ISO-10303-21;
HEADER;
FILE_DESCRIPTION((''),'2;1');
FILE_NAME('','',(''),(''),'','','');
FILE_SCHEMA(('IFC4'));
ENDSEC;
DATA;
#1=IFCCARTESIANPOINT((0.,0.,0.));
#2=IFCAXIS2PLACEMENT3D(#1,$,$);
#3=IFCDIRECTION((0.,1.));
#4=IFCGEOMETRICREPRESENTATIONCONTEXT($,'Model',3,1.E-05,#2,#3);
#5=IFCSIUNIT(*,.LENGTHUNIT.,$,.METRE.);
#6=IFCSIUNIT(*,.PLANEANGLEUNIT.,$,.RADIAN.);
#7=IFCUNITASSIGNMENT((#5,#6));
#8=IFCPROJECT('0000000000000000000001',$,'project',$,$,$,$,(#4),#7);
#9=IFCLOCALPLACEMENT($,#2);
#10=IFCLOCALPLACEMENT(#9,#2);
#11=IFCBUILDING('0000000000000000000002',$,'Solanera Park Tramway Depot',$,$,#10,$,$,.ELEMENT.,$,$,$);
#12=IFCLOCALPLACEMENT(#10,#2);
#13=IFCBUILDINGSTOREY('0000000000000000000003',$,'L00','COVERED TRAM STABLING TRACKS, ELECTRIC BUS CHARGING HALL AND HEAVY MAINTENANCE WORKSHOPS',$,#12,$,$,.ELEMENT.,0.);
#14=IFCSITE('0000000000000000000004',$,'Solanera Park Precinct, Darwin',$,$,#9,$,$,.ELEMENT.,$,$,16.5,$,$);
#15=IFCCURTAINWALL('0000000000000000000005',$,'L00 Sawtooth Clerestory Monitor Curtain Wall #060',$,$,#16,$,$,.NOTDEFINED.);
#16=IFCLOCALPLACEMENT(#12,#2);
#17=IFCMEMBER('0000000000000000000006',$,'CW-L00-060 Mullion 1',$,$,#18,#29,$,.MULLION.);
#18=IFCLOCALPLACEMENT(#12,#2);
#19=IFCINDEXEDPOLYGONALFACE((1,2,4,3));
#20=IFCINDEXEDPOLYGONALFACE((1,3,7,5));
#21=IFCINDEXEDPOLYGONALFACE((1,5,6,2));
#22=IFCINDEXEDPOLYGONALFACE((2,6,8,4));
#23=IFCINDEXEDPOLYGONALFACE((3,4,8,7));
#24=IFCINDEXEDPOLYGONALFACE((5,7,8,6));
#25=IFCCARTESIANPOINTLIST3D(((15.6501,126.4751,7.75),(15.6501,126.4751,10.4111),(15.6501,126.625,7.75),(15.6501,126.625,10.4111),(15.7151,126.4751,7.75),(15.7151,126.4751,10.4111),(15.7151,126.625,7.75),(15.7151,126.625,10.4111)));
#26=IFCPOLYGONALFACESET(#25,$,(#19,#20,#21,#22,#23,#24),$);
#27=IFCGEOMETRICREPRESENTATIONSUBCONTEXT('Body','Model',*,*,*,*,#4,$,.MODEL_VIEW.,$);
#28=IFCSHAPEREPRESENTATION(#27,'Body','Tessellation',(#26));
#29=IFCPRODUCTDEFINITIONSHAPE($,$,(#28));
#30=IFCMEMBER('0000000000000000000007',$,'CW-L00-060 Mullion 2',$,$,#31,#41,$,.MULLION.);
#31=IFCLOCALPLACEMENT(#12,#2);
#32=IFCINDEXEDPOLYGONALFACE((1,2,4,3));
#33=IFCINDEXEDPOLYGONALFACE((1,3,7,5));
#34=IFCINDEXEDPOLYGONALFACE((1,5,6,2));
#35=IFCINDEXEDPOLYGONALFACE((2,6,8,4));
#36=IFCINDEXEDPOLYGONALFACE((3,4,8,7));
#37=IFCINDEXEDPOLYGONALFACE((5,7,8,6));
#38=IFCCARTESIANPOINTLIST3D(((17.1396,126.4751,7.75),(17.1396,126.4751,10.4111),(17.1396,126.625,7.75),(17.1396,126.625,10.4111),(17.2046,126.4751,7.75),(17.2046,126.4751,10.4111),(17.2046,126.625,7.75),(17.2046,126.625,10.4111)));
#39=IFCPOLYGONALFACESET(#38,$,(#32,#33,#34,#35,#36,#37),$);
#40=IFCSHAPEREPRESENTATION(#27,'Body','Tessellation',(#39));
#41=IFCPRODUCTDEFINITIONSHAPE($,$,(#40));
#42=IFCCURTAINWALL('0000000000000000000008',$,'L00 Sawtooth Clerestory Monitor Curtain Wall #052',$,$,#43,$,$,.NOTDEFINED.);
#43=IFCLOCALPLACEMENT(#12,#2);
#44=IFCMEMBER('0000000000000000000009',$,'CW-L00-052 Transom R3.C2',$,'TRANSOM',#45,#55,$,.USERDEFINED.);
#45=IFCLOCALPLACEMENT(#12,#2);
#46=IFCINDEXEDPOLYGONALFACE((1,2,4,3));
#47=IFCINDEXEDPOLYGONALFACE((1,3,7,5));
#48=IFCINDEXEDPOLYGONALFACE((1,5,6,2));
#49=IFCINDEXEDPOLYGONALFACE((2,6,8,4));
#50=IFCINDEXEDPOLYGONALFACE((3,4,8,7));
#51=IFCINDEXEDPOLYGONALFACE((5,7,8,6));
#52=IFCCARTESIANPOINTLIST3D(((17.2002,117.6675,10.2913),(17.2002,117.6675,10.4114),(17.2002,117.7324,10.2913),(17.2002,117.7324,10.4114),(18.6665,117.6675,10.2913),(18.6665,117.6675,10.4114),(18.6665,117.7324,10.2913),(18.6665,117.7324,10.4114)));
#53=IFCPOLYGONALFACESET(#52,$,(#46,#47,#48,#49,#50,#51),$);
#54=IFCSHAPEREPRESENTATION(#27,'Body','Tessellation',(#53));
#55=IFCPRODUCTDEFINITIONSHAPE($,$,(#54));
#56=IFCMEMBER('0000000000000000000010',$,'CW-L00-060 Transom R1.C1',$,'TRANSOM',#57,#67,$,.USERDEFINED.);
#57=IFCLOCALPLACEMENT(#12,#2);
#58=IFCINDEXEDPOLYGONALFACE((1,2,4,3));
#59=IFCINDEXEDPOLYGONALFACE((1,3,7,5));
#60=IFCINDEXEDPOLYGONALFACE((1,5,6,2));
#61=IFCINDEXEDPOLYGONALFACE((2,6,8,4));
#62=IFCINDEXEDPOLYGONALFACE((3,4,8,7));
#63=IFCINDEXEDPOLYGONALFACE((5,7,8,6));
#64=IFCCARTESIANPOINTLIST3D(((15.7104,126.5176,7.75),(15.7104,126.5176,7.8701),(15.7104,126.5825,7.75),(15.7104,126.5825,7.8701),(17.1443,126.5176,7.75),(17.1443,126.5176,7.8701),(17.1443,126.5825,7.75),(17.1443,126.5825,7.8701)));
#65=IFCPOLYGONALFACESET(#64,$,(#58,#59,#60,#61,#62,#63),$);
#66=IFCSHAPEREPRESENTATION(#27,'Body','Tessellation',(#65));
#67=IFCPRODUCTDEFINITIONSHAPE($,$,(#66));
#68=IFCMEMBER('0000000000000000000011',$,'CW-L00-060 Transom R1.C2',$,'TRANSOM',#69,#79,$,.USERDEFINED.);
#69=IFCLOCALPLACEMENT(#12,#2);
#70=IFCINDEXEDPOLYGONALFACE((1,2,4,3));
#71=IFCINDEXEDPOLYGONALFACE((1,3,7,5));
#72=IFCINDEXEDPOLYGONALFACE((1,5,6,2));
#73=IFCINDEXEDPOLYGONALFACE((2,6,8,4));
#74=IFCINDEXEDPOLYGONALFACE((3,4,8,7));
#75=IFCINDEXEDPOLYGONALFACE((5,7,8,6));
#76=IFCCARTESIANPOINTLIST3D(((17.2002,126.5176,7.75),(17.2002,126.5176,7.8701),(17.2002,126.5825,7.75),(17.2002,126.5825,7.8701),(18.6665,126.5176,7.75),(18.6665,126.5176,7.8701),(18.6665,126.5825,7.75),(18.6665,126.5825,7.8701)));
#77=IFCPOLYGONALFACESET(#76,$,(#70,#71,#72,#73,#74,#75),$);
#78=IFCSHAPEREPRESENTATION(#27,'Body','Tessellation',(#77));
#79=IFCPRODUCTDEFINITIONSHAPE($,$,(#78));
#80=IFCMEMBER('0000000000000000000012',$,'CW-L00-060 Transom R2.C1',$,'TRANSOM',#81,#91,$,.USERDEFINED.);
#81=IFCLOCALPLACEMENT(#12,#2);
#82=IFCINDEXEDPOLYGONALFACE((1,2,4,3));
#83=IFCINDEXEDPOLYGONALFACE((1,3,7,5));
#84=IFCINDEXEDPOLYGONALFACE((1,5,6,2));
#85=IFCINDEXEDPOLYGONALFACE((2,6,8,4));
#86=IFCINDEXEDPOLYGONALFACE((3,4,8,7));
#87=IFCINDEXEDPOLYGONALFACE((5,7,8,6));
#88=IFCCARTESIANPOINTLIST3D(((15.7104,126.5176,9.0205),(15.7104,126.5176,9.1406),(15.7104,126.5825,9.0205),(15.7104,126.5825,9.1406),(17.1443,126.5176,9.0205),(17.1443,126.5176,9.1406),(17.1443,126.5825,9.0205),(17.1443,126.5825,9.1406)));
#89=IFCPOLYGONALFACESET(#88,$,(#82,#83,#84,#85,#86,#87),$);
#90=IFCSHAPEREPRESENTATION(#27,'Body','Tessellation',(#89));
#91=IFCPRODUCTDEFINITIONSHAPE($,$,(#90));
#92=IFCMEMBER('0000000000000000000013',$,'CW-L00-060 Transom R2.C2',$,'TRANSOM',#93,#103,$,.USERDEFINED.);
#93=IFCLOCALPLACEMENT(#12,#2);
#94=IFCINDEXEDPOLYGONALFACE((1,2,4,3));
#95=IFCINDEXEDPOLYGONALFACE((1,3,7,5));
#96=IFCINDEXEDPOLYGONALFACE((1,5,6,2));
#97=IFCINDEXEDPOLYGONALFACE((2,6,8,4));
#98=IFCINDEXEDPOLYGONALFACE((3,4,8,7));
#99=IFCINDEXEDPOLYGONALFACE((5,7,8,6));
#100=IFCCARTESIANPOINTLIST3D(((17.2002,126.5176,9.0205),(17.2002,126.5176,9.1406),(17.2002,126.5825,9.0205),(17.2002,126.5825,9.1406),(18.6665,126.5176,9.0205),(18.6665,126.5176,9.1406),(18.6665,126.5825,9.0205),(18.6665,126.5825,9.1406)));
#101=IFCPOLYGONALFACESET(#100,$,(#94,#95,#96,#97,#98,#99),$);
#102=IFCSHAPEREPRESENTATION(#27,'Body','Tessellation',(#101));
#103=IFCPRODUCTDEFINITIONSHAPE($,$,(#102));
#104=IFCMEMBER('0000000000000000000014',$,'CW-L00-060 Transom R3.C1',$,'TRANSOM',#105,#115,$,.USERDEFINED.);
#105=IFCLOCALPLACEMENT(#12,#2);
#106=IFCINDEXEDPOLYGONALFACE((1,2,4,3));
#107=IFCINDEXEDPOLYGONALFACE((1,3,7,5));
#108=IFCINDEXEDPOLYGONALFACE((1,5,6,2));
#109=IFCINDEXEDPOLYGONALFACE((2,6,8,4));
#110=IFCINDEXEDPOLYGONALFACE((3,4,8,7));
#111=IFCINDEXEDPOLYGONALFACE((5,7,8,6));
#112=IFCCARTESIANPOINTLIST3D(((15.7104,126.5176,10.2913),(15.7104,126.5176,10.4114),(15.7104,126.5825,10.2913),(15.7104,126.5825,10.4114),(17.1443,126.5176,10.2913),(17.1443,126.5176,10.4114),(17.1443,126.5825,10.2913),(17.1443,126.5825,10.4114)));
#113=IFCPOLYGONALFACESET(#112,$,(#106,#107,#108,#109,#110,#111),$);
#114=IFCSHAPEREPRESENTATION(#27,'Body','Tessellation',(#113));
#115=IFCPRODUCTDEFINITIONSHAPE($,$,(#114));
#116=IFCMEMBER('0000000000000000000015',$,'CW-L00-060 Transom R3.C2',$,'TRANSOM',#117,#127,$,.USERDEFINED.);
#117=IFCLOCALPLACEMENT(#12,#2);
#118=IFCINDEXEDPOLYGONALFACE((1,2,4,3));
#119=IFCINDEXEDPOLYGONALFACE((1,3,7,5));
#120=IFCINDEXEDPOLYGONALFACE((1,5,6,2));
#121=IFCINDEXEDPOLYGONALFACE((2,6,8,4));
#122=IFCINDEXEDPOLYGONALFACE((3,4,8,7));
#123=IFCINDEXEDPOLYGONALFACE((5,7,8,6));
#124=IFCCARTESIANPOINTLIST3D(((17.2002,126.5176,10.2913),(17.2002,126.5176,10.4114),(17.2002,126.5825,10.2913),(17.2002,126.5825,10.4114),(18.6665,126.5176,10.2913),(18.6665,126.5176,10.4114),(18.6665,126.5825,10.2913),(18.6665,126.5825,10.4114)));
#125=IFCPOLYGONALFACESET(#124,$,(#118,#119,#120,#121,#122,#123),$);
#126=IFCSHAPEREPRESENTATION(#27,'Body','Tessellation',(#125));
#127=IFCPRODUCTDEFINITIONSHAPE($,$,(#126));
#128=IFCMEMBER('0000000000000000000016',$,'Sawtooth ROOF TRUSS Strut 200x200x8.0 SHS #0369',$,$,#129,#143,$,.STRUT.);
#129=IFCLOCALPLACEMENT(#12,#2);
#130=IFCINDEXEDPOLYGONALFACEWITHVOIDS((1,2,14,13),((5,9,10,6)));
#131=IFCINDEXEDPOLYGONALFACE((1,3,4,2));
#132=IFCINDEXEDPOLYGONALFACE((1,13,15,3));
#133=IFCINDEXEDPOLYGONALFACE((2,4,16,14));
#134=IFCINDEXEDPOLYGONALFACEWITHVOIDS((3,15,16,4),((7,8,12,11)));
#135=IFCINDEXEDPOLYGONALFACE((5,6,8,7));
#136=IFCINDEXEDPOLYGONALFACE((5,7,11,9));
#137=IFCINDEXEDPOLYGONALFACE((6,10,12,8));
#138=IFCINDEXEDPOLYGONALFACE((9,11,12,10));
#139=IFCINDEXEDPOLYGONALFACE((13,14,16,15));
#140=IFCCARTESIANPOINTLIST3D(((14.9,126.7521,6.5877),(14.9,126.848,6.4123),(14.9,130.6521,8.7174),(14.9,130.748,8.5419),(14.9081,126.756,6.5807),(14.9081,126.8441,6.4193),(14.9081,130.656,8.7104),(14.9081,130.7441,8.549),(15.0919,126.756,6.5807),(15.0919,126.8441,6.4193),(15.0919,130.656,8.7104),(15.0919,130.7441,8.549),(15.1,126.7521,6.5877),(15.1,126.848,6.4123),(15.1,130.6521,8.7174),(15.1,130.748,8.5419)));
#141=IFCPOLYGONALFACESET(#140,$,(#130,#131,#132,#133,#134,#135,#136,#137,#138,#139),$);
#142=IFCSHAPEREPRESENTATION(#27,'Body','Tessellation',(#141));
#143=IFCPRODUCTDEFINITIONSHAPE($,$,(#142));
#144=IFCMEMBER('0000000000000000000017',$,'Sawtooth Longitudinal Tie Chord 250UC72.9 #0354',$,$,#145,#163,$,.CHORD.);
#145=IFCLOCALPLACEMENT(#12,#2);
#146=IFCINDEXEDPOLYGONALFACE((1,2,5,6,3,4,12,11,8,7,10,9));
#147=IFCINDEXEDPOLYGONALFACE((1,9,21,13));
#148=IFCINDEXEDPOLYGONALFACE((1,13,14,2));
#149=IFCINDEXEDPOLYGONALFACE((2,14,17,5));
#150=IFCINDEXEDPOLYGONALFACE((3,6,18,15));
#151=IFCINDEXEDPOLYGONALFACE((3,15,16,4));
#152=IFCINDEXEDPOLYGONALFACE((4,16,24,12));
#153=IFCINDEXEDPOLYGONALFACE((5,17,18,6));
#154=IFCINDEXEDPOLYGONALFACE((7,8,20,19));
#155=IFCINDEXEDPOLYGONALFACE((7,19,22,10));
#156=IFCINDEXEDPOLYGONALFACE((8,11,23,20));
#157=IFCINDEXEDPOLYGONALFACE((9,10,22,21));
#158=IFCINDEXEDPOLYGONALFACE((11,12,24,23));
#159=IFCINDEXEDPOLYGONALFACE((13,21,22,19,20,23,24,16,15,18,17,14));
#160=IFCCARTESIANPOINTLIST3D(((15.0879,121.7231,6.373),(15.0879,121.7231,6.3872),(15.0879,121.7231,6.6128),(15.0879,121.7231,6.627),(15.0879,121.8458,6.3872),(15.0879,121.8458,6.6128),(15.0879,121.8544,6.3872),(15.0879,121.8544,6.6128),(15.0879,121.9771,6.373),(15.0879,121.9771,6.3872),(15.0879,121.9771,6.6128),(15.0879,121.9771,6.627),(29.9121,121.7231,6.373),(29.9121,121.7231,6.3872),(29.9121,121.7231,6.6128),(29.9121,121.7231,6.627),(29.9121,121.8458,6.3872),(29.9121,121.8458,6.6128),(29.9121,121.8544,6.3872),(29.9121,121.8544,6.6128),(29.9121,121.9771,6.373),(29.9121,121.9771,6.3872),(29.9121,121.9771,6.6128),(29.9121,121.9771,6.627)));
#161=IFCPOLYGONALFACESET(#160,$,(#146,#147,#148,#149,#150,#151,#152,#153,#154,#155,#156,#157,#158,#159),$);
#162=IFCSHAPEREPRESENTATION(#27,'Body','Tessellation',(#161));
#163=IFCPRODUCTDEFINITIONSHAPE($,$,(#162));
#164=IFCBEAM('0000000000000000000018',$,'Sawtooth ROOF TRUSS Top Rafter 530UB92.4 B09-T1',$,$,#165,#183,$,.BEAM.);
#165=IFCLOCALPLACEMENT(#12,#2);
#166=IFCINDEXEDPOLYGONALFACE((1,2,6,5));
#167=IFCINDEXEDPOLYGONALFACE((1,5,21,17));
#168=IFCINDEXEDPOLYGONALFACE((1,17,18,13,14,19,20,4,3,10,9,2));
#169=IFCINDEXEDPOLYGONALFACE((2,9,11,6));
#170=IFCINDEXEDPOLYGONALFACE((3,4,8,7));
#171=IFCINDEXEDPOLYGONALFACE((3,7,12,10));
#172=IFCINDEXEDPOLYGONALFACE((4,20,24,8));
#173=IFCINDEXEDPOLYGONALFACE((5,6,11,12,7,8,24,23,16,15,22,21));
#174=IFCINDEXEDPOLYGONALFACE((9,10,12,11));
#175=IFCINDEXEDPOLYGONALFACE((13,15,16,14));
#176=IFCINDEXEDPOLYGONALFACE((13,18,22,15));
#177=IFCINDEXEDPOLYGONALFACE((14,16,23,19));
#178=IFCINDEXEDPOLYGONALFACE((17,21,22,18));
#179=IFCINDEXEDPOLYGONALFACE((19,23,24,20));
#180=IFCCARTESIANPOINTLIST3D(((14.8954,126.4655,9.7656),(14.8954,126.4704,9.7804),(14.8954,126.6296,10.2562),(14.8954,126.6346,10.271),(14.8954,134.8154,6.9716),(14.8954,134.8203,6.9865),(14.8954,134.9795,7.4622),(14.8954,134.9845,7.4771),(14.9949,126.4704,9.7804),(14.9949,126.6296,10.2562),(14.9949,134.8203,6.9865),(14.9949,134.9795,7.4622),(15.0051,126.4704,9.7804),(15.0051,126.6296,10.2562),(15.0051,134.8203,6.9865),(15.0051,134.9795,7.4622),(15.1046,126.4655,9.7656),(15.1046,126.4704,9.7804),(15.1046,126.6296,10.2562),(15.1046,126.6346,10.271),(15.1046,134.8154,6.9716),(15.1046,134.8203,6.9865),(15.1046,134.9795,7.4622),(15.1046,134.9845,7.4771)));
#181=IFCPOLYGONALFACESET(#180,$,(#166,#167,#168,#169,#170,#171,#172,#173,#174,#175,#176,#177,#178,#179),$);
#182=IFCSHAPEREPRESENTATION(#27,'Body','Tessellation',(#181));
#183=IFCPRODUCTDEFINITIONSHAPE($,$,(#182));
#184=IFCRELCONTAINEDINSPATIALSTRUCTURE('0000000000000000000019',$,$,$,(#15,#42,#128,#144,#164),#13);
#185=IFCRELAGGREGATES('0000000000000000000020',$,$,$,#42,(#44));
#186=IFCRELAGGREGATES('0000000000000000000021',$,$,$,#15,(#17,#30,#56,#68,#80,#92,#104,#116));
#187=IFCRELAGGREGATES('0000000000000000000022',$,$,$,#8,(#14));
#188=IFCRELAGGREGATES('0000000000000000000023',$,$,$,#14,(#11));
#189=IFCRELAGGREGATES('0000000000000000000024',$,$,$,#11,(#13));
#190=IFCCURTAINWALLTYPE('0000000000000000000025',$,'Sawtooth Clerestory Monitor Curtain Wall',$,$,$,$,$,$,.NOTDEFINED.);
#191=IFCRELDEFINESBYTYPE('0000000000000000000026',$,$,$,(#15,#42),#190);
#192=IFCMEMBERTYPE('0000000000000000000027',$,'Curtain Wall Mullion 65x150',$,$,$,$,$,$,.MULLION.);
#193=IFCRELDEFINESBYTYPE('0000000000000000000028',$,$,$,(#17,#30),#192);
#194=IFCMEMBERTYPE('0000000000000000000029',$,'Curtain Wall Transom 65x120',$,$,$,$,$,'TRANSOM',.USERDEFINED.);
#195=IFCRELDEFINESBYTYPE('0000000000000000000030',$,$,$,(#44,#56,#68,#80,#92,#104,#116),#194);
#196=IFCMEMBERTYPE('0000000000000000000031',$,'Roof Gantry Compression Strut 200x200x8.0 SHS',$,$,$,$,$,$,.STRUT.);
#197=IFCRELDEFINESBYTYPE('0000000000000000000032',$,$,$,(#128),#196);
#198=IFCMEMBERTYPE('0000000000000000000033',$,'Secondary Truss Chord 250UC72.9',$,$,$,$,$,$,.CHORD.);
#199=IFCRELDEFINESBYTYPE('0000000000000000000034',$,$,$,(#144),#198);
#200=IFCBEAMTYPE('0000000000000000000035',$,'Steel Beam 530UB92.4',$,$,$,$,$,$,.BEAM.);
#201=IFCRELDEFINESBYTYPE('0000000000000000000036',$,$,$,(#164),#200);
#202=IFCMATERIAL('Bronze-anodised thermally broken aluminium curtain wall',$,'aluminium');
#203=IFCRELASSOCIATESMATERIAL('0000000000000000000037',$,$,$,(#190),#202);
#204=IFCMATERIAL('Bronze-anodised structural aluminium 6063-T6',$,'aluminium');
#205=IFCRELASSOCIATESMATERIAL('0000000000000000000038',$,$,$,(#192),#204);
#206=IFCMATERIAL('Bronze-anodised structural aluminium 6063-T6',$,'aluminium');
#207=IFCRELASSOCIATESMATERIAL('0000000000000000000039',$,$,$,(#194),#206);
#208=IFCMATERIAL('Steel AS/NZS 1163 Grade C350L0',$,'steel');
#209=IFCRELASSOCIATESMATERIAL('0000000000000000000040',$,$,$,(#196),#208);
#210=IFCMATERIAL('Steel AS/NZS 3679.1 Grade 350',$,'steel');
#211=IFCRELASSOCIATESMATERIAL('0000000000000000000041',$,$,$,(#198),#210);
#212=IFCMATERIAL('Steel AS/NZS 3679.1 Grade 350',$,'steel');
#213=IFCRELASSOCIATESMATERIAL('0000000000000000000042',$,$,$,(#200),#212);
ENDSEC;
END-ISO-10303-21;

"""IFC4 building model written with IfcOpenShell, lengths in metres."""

from ifc_helpers import new_model, si_unit, direction, frame, origin, origin_2d, place, context, subcontext, project, spatial, rectangle, hollow_rectangle, i_section, extrude, material, material_profile, profile_set, type_object, element, aggregate, save


model = new_model("IFC4")

# Units and contexts
model_context = context("Model", 3, precision=1e-05, world=origin(), true_north=direction((0.0, 1.0)))
body_context = subcontext(model_context, "Body", "Model", "MODEL_VIEW")
ifc_project = project(units=[si_unit("LENGTHUNIT", "METRE"), si_unit("PLANEANGLEUNIT", "RADIAN")], contexts=[model_context])

# Site, building, storey
site_placement = place(None, origin())
site = spatial("IfcSite", under=ifc_project, at=site_placement, Name="Solanera Park Precinct, Darwin", CompositionType="ELEMENT", RefElevation=16.5)
building_placement = place(site_placement, origin())
building = spatial("IfcBuilding", under=site, at=building_placement, Name="Solanera Park Tramway Depot", CompositionType="ELEMENT")
storey_placement = place(building_placement, origin())
storey = spatial("IfcBuildingStorey", under=building, at=storey_placement, Name="L00", Description="COVERED TRAM STABLING TRACKS, ELECTRIC BUS CHARGING HALL AND HEAVY MAINTENANCE WORKSHOPS", CompositionType="ELEMENT", Elevation=0.0)

# Curtain wall, members
ifc_material_1 = material(Name="Bronze-anodised thermally broken aluminium curtain wall", Category="aluminium")
curtain_wall_type = type_object("IfcCurtainWallType", Name="Sawtooth Clerestory Monitor Curtain Wall", PredefinedType="NOTDEFINED", material=ifc_material_1)
curtain_wall_1_placement = place(storey_placement, origin())
curtain_wall_1 = element("IfcCurtainWall", 1, at=curtain_wall_1_placement, inside=storey, type_object=curtain_wall_type, Name="L00 Sawtooth Clerestory Monitor Curtain Wall #060", PredefinedType="NOTDEFINED")
ifc_material_2 = material(Name="Bronze-anodised structural aluminium 6063-T6", Category="aluminium")
ifc_material_profile_1 = material_profile(ifc_material_2, rectangle(XDim=0.0649, YDim=0.1499, at=origin_2d()), Name="Curtain Wall Mullion 65x150")
ifc_profile_set_1 = profile_set([ifc_material_profile_1], Name="Bronze-anodised structural aluminium 6063-T6")
member_type_1 = type_object("IfcMemberType", Name="Curtain Wall Mullion 65x150", PredefinedType="MULLION", material=ifc_profile_set_1)
member_1_placement = place(storey_placement, frame((15.6826, 126.55, 7.75), z_axis=(0.0, 0.0, 1.0), x_axis=(1.0, 0.0, 0.0)))
member_1 = element("IfcMember", 2, at=member_1_placement, type_object=member_type_1, Name="CW-L00-060 Mullion 1", PredefinedType="MULLION", context=body_context, shape_type="SweptSolid", body=[
    extrude(rectangle(XDim=0.0649, YDim=0.1499, at=origin_2d()), origin(), (0.0, 0.0, 1.0), 2.6611),
])
member_2_placement = place(storey_placement, frame((17.1721, 126.55, 7.75), z_axis=(0.0, 0.0, 1.0), x_axis=(1.0, 0.0, 0.0)))
member_2 = element("IfcMember", 3, at=member_2_placement, type_object=member_type_1, Name="CW-L00-060 Mullion 2", PredefinedType="MULLION", context=body_context, shape_type="SweptSolid", body=[
    extrude(rectangle(XDim=0.0649, YDim=0.1499, at=origin_2d()), origin(), (0.0, 0.0, 1.0), 2.6611),
])

# Curtain wall, member
curtain_wall_2_placement = place(storey_placement, origin())
curtain_wall_2 = element("IfcCurtainWall", 4, at=curtain_wall_2_placement, inside=storey, type_object=curtain_wall_type, Name="L00 Sawtooth Clerestory Monitor Curtain Wall #052", PredefinedType="NOTDEFINED")
ifc_material_3 = material(Name="Bronze-anodised structural aluminium 6063-T6", Category="aluminium")
ifc_material_profile_2 = material_profile(ifc_material_3, rectangle(XDim=0.0649, YDim=0.1201, at=origin_2d()), Name="Curtain Wall Transom 65x120")
ifc_profile_set_2 = profile_set([ifc_material_profile_2], Name="Bronze-anodised structural aluminium 6063-T6")
member_type_2 = type_object("IfcMemberType", Name="Curtain Wall Transom 65x120", ElementType="TRANSOM", PredefinedType="USERDEFINED", material=ifc_profile_set_2)
member_3_placement = place(storey_placement, frame((17.2002, 117.7, 10.3513), z_axis=(1.0, 0.0, 0.0), x_axis=(0.0, 1.0, 0.0)))
member_3 = element("IfcMember", 5, at=member_3_placement, type_object=member_type_2, Name="CW-L00-052 Transom R3.C2", ObjectType="TRANSOM", PredefinedType="USERDEFINED", context=body_context, shape_type="SweptSolid", body=[
    extrude(rectangle(XDim=0.0649, YDim=0.1201, at=origin_2d()), origin(), (0.0, 0.0, 1.0), 1.4663),
])

# Members
member_4_placement = place(storey_placement, frame((15.7104, 126.55, 7.8101), z_axis=(1.0, 0.0, 0.0), x_axis=(0.0, 1.0, 0.0)))
member_4 = element("IfcMember", 6, at=member_4_placement, type_object=member_type_2, Name="CW-L00-060 Transom R1.C1", ObjectType="TRANSOM", PredefinedType="USERDEFINED", context=body_context, shape_type="SweptSolid", body=[
    extrude(rectangle(XDim=0.0649, YDim=0.1201, at=origin_2d()), origin(), (0.0, 0.0, 1.0), 1.4338),
])
member_5_placement = place(storey_placement, frame((17.2002, 126.55, 7.8101), z_axis=(1.0, 0.0, 0.0), x_axis=(0.0, 1.0, 0.0)))
member_5 = element("IfcMember", 7, at=member_5_placement, type_object=member_type_2, Name="CW-L00-060 Transom R1.C2", ObjectType="TRANSOM", PredefinedType="USERDEFINED", context=body_context, shape_type="SweptSolid", body=[
    extrude(rectangle(XDim=0.0649, YDim=0.1201, at=origin_2d()), origin(), (0.0, 0.0, 1.0), 1.4663),
])
member_6_placement = place(storey_placement, frame((15.7104, 126.55, 9.0806), z_axis=(1.0, 0.0, 0.0), x_axis=(0.0, 1.0, 0.0)))
member_6 = element("IfcMember", 8, at=member_6_placement, type_object=member_type_2, Name="CW-L00-060 Transom R2.C1", ObjectType="TRANSOM", PredefinedType="USERDEFINED", context=body_context, shape_type="SweptSolid", body=[
    extrude(rectangle(XDim=0.0649, YDim=0.1201, at=origin_2d()), origin(), (0.0, 0.0, 1.0), 1.4338),
])
member_7_placement = place(storey_placement, frame((17.2002, 126.55, 9.0806), z_axis=(1.0, 0.0, 0.0), x_axis=(0.0, 1.0, 0.0)))
member_7 = element("IfcMember", 9, at=member_7_placement, type_object=member_type_2, Name="CW-L00-060 Transom R2.C2", ObjectType="TRANSOM", PredefinedType="USERDEFINED", context=body_context, shape_type="SweptSolid", body=[
    extrude(rectangle(XDim=0.0649, YDim=0.1201, at=origin_2d()), origin(), (0.0, 0.0, 1.0), 1.4663),
])
member_8_placement = place(storey_placement, frame((15.7104, 126.55, 10.3513), z_axis=(1.0, 0.0, 0.0), x_axis=(0.0, 1.0, 0.0)))
member_8 = element("IfcMember", 10, at=member_8_placement, type_object=member_type_2, Name="CW-L00-060 Transom R3.C1", ObjectType="TRANSOM", PredefinedType="USERDEFINED", context=body_context, shape_type="SweptSolid", body=[
    extrude(rectangle(XDim=0.0649, YDim=0.1201, at=origin_2d()), origin(), (0.0, 0.0, 1.0), 1.4338),
])
member_9_placement = place(storey_placement, frame((17.2002, 126.55, 10.3513), z_axis=(1.0, 0.0, 0.0), x_axis=(0.0, 1.0, 0.0)))
member_9 = element("IfcMember", 11, at=member_9_placement, type_object=member_type_2, Name="CW-L00-060 Transom R3.C2", ObjectType="TRANSOM", PredefinedType="USERDEFINED", context=body_context, shape_type="SweptSolid", body=[
    extrude(rectangle(XDim=0.0649, YDim=0.1201, at=origin_2d()), origin(), (0.0, 0.0, 1.0), 1.4663),
])

# Members
ifc_material_4 = material(Name="Steel AS/NZS 1163 Grade C350L0", Category="steel")
ifc_material_profile_3 = material_profile(ifc_material_4, hollow_rectangle(XDim=0.2, YDim=0.2, WallThickness=0.0081, at=origin_2d()), Name="200x200x8.0 SHS")
ifc_profile_set_3 = profile_set([ifc_material_profile_3], Name="Steel AS/NZS 1163 Grade C350L0")
member_type_3 = type_object("IfcMemberType", Name="Roof Gantry Compression Strut 200x200x8.0 SHS", PredefinedType="STRUT", material=ifc_profile_set_3)
member_10_placement = place(storey_placement, frame((15.0, 126.8, 6.5), z_axis=(0.0, 0.877667, 0.479272), x_axis=(-1.0, 0.0, 0.0)))
element("IfcMember", 12, at=member_10_placement, inside=storey, type_object=member_type_3, Name="Sawtooth ROOF TRUSS Strut 200x200x8.0 SHS #0369", PredefinedType="STRUT", context=body_context, shape_type="SweptSolid", body=[
    extrude(hollow_rectangle(XDim=0.2, YDim=0.2, WallThickness=0.0081, at=origin_2d()), origin(), (0.0, 0.0, 1.0), 4.4436),
])
ifc_material_5 = material(Name="Steel AS/NZS 3679.1 Grade 350", Category="steel")
ifc_material_profile_4 = material_profile(ifc_material_5, i_section(OverallWidth=0.2539, OverallDepth=0.2539, WebThickness=0.0085, FlangeThickness=0.0142, at=origin_2d()), Name="250UC72.9")
ifc_profile_set_4 = profile_set([ifc_material_profile_4], Name="Steel AS/NZS 3679.1 Grade 350")
member_type_4 = type_object("IfcMemberType", Name="Secondary Truss Chord 250UC72.9", PredefinedType="CHORD", material=ifc_profile_set_4)
member_11_placement = place(storey_placement, frame((15.0879, 121.8501, 6.5), z_axis=(1.0, 0.0, 0.0), x_axis=(0.0, 1.0, 0.0)))
element("IfcMember", 13, at=member_11_placement, inside=storey, type_object=member_type_4, Name="Sawtooth Longitudinal Tie Chord 250UC72.9 #0354", PredefinedType="CHORD", context=body_context, shape_type="SweptSolid", body=[
    extrude(i_section(OverallWidth=0.2539, OverallDepth=0.2539, WebThickness=0.0085, FlangeThickness=0.0142, at=origin_2d()), origin(), (0.0, 0.0, 1.0), 14.8242),
])

# Beam
ifc_material_6 = material(Name="Steel AS/NZS 3679.1 Grade 350", Category="steel")
ifc_material_profile_5 = material_profile(ifc_material_6, i_section(OverallWidth=0.2092, OverallDepth=0.533, WebThickness=0.0103, FlangeThickness=0.0156, at=origin_2d()), Name="530UB92.4")
ifc_profile_set_5 = profile_set([ifc_material_profile_5], Name="Steel AS/NZS 3679.1 Grade 350")
beam_type_1 = type_object("IfcBeamType", Name="Steel Beam 530UB92.4", PredefinedType="BEAM", material=ifc_profile_set_5)
beam_1_placement = place(storey_placement, frame((15.0, 126.55, 10.0183), z_axis=(0.0, 0.948319, -0.317317), x_axis=(-1.0, 0.0, 0.0)))
element("IfcBeam", 14, at=beam_1_placement, inside=storey, type_object=beam_type_1, Name="Sawtooth ROOF TRUSS Top Rafter 530UB92.4 B09-T1", PredefinedType="BEAM", context=body_context, shape_type="SweptSolid", body=[
    extrude(i_section(OverallWidth=0.2092, OverallDepth=0.533, WebThickness=0.0103, FlangeThickness=0.0156, at=origin_2d()), origin(), (0.0, 0.0, 1.0), 8.8049),
])

aggregate(curtain_wall_2, [member_3])
aggregate(curtain_wall_1, [member_1, member_2, member_4, member_5, member_6, member_7, member_8, member_9])

save(model, "model.ifc")
